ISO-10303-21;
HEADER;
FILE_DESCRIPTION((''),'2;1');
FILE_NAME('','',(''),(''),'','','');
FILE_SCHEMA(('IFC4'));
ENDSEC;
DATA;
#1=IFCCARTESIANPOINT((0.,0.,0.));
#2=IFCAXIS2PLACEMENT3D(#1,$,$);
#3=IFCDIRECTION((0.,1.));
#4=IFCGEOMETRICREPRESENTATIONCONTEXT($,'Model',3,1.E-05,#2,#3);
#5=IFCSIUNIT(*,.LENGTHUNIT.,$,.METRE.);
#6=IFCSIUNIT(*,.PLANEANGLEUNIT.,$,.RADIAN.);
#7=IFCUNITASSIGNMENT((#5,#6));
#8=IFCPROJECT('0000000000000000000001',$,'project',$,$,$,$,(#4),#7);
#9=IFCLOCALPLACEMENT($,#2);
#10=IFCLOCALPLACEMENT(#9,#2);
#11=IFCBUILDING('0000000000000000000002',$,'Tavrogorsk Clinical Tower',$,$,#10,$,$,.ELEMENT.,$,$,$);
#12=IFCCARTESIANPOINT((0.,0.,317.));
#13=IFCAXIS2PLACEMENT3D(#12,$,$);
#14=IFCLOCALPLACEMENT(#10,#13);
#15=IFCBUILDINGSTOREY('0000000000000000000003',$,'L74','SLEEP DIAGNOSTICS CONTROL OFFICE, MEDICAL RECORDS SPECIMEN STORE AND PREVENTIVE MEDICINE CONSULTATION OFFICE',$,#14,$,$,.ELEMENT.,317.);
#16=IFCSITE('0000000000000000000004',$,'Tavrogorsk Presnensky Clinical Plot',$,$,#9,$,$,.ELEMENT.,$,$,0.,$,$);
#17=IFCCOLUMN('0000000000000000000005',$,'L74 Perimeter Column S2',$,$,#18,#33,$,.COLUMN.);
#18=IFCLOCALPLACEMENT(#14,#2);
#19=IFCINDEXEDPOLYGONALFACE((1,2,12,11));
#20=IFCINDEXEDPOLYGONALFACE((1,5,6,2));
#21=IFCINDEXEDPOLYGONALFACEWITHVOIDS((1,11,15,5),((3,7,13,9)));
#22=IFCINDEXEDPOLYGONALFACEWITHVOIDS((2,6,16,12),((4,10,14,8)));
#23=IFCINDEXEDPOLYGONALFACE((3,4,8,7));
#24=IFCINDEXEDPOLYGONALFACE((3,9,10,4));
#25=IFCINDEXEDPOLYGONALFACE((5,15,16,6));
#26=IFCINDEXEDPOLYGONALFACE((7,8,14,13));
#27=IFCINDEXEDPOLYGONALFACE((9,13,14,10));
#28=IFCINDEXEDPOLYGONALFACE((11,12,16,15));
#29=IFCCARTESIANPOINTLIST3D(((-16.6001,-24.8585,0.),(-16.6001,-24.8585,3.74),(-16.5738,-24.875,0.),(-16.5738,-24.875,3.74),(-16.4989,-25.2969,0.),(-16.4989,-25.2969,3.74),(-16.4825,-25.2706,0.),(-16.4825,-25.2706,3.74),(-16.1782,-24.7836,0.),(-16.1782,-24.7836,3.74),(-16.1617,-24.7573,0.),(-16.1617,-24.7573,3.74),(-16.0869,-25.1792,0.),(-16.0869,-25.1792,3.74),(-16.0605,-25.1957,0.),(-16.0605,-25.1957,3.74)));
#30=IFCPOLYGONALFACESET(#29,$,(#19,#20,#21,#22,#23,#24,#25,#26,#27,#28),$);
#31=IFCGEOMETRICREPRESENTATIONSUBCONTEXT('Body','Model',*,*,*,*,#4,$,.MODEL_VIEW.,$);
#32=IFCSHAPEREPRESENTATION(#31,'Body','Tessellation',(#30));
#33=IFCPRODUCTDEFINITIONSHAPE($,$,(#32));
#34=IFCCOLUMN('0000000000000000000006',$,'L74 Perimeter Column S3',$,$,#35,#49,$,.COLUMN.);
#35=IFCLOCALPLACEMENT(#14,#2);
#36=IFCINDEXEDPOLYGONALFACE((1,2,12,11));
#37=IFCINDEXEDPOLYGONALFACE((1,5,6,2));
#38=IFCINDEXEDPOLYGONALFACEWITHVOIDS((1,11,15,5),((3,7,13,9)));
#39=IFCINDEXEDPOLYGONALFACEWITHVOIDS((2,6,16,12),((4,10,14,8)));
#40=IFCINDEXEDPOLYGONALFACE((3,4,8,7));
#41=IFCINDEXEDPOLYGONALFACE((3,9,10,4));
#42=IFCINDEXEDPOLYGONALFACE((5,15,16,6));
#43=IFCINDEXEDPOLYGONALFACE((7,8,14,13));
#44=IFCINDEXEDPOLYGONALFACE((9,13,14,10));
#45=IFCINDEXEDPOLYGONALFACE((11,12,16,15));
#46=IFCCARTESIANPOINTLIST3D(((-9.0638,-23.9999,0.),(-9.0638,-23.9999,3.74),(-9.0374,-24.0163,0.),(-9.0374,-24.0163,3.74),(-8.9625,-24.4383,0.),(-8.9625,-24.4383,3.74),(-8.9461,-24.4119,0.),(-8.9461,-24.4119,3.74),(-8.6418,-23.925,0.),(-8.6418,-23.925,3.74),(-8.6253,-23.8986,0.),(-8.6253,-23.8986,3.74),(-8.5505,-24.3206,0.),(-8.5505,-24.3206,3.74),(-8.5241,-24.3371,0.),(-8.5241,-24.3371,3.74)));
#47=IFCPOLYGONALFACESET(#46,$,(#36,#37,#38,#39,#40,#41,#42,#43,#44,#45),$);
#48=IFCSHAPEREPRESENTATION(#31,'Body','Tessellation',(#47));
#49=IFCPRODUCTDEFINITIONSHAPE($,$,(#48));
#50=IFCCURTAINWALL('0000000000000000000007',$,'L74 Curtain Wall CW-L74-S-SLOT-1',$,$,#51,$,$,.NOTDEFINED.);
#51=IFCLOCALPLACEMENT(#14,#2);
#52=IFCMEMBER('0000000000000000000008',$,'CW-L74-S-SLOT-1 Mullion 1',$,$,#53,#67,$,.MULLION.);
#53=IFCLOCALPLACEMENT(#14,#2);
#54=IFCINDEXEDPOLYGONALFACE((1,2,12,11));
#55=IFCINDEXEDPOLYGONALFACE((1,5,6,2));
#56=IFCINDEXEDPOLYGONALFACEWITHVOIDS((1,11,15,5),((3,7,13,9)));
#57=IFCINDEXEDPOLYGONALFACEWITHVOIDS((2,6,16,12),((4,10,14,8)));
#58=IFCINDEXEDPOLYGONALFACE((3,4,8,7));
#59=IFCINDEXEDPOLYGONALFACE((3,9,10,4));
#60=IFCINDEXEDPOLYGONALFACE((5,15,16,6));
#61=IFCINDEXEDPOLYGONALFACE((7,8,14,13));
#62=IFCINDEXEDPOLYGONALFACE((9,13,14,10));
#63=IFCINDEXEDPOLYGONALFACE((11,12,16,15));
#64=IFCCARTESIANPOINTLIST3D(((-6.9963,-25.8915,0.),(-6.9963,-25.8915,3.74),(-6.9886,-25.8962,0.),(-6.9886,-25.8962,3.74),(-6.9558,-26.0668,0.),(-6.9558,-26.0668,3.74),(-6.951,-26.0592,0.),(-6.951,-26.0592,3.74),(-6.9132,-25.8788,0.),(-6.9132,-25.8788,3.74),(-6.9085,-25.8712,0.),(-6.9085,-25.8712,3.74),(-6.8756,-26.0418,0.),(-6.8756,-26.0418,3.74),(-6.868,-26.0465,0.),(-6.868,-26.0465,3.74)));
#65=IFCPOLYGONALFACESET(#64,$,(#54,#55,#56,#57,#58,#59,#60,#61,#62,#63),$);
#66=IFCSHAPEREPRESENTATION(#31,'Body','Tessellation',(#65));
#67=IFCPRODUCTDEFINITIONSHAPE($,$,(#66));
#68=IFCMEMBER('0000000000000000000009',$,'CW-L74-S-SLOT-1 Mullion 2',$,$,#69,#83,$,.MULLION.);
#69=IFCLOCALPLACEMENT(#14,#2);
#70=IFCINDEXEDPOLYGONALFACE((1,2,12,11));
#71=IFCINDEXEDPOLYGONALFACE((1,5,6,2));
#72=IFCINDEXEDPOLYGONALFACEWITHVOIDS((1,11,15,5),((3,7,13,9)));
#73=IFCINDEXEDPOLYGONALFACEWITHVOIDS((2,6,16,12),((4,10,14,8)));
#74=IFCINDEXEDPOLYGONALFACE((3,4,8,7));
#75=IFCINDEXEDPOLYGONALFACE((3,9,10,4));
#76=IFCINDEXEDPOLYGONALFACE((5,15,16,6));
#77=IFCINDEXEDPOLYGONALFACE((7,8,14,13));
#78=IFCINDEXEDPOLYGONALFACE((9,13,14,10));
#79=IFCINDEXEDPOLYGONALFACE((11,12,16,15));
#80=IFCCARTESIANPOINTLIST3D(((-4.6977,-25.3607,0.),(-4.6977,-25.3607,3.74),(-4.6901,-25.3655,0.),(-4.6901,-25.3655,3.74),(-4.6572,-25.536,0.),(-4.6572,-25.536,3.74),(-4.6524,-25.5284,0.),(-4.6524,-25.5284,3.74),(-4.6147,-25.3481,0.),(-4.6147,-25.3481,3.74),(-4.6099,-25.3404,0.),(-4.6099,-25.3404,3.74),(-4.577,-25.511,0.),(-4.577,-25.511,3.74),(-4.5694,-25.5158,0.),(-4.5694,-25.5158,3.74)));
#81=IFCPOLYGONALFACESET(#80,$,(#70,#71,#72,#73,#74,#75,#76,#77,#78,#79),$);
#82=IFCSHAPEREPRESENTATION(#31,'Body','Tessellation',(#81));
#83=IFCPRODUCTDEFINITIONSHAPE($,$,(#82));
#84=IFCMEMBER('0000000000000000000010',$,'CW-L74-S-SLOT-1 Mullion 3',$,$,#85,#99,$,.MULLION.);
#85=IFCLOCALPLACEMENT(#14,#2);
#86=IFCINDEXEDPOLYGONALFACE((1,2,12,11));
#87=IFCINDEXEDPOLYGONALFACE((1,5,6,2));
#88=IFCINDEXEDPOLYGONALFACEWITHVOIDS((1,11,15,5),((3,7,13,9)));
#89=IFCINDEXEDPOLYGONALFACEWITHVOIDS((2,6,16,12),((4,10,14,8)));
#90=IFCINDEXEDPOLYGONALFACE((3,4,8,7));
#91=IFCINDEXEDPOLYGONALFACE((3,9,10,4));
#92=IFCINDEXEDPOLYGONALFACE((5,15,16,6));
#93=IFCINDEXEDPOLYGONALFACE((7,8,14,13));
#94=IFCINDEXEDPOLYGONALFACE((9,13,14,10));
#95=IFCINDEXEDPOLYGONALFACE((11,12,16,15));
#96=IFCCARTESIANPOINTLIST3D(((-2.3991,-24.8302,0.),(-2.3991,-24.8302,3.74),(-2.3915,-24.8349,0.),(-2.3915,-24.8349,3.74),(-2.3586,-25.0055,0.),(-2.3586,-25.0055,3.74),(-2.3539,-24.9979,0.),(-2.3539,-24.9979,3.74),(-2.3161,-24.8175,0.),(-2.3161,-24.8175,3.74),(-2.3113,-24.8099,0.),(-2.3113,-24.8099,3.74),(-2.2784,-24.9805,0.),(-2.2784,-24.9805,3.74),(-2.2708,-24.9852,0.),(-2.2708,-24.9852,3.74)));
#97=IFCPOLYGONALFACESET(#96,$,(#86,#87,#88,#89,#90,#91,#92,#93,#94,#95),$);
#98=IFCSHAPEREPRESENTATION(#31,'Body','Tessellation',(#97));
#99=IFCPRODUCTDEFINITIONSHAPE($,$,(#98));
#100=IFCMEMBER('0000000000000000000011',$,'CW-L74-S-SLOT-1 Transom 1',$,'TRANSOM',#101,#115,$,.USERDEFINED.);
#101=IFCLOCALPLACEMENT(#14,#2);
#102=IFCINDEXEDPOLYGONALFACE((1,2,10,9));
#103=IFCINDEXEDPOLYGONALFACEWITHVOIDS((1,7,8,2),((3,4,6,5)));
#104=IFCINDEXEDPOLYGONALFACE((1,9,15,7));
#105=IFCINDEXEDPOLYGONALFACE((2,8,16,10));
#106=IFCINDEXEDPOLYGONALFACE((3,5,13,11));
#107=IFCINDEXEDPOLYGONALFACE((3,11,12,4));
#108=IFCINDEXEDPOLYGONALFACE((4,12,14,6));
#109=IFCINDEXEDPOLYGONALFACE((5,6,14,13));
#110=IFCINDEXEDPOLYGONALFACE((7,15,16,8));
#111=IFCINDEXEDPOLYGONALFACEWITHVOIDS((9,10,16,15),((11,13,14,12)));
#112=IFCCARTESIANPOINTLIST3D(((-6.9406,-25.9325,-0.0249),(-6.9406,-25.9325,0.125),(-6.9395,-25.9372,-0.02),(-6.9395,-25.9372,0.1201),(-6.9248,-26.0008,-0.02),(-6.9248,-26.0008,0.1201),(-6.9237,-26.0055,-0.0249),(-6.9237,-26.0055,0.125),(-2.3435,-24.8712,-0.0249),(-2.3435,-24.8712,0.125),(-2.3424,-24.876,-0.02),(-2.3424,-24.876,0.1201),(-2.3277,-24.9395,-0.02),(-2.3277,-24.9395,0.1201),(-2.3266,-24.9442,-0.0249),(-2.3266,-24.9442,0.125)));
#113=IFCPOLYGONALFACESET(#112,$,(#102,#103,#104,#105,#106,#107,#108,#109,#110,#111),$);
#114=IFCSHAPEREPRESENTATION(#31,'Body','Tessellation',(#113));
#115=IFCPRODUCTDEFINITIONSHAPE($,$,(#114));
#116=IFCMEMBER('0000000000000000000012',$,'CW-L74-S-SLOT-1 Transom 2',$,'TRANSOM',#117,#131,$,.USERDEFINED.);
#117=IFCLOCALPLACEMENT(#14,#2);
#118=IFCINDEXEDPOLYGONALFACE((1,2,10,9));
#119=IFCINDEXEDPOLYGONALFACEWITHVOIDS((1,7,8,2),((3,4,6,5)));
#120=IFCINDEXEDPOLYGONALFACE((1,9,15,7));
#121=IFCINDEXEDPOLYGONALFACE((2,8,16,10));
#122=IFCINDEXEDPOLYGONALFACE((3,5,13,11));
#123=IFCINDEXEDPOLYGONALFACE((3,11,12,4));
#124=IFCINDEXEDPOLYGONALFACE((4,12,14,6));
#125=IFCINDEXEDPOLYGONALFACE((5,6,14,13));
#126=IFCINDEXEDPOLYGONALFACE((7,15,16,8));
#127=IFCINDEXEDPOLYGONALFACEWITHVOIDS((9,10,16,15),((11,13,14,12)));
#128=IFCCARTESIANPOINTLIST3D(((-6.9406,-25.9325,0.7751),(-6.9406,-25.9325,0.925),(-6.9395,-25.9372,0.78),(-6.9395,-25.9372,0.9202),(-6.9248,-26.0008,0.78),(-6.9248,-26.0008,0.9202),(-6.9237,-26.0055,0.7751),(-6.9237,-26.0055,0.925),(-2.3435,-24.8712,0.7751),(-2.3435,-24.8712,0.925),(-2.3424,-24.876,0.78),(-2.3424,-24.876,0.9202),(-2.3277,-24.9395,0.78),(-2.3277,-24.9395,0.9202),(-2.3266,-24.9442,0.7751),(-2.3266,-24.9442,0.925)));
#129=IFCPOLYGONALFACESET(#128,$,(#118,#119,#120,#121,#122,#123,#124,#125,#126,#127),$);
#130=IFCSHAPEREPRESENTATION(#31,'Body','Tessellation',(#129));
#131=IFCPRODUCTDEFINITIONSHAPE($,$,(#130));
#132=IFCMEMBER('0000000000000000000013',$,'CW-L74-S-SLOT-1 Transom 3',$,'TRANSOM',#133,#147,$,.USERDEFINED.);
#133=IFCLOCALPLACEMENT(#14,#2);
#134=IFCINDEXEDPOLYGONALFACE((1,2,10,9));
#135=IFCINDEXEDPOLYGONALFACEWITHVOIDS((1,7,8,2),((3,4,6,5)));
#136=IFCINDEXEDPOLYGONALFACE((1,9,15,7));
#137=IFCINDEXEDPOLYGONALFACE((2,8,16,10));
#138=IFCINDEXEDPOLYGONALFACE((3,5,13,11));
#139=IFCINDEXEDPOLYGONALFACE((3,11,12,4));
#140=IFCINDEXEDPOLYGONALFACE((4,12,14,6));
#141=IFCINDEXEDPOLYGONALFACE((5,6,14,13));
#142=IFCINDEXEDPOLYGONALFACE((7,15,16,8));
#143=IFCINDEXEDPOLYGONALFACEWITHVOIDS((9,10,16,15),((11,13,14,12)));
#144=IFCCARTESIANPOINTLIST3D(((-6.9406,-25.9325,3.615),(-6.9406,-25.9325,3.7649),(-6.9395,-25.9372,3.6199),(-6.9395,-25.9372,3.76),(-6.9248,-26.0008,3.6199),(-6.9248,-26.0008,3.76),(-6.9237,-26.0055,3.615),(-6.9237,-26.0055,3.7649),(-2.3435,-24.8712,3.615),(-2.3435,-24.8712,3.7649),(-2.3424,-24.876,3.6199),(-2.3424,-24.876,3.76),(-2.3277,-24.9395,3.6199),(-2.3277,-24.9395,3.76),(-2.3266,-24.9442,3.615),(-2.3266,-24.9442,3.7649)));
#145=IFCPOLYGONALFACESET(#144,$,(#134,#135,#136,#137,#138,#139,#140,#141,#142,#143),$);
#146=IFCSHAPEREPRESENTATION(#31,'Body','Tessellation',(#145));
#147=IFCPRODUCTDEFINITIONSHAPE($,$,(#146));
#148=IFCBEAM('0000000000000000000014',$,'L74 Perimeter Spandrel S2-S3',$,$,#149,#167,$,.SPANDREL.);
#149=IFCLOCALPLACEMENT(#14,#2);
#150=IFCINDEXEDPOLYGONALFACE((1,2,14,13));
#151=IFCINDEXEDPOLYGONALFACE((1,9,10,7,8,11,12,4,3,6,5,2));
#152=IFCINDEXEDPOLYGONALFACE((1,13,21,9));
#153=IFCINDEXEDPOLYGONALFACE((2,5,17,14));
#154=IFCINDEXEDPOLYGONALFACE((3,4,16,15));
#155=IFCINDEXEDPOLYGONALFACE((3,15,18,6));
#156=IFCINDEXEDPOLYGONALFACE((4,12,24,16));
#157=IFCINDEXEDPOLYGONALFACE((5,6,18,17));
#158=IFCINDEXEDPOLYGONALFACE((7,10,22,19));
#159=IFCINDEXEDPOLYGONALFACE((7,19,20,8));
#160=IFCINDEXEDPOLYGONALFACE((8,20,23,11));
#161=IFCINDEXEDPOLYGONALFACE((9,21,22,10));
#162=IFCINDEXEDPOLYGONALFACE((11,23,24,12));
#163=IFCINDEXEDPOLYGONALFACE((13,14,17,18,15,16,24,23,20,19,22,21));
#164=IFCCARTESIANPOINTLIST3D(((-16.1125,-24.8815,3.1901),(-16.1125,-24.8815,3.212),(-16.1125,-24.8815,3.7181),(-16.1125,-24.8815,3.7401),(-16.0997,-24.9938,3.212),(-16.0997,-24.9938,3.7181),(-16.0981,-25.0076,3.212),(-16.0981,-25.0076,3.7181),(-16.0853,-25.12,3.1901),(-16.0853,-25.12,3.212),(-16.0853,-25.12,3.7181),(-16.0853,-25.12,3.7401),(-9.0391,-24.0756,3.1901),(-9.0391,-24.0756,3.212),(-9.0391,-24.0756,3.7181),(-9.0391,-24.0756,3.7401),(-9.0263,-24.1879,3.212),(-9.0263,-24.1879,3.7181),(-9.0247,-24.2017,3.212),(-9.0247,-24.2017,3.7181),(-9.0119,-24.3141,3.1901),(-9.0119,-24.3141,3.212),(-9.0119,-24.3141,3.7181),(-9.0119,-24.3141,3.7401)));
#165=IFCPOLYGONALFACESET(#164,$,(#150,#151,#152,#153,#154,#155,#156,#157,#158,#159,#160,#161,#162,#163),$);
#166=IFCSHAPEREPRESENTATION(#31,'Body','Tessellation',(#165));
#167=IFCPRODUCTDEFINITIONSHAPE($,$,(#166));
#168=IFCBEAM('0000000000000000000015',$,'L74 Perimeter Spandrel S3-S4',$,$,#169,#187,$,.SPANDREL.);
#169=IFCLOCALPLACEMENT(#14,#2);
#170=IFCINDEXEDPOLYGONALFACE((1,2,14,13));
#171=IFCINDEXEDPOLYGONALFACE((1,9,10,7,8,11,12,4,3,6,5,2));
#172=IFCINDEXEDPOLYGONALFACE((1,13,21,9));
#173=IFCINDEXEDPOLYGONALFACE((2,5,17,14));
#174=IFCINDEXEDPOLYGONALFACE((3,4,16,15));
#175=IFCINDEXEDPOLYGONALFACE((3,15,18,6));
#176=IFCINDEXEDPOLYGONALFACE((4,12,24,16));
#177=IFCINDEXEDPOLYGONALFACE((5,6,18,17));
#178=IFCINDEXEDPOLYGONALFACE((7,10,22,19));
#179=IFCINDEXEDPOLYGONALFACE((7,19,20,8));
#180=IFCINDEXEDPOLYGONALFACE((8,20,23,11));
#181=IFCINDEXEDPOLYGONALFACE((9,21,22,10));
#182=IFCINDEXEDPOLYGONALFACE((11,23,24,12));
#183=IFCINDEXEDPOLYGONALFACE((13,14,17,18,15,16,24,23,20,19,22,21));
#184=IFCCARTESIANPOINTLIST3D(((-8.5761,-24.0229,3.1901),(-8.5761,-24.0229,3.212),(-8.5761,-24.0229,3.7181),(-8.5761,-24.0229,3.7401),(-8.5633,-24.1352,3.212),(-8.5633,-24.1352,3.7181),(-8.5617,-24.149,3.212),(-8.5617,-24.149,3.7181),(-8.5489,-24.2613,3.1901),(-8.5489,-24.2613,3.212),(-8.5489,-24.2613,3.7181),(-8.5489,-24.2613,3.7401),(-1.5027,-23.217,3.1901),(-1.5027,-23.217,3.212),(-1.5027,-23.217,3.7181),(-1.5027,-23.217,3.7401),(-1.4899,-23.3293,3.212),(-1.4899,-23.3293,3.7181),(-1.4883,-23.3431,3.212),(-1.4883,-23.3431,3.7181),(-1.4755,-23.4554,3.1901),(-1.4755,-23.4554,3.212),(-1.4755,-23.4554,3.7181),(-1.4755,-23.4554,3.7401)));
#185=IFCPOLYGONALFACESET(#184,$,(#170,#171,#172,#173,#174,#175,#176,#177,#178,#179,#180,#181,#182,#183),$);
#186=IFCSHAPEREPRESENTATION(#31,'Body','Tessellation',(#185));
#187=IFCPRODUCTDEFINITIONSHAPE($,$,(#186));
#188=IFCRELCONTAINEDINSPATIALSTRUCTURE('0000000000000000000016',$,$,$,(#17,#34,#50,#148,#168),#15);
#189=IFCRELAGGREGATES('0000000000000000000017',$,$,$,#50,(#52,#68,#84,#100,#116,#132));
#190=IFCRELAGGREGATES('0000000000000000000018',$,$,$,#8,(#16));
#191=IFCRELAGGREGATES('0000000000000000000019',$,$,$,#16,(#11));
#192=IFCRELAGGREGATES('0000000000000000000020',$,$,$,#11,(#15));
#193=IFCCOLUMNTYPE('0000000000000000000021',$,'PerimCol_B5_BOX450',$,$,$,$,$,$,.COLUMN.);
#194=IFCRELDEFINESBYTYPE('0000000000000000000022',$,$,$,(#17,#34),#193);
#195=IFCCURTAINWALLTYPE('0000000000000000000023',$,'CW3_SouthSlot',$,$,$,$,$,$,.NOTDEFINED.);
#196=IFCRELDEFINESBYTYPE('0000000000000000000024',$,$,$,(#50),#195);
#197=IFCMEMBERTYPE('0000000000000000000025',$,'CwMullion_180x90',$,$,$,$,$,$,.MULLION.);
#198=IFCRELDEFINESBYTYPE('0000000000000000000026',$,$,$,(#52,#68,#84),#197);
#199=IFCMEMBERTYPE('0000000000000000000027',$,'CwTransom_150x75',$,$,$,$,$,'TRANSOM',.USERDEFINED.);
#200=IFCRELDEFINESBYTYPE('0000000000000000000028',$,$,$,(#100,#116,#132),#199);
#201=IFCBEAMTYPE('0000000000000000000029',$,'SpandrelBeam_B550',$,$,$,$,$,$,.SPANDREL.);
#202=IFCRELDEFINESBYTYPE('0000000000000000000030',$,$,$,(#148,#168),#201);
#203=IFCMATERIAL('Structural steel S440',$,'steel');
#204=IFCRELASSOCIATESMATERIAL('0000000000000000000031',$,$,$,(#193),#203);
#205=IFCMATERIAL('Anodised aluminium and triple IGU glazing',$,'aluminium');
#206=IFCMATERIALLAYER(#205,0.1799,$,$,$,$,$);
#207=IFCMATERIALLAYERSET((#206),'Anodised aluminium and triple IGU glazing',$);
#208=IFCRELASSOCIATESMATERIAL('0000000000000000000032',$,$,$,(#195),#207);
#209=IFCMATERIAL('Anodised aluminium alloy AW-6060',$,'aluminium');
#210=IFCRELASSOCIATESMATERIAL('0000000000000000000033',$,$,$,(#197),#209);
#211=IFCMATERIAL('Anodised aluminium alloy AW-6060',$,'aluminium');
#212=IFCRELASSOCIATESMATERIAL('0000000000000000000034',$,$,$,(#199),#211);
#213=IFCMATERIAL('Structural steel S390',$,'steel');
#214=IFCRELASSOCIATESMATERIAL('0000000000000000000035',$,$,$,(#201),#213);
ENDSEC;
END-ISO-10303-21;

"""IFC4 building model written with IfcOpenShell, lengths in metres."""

from ifc_helpers import new_model, si_unit, direction, frame, origin, origin_2d, place, context, subcontext, project, spatial, hollow_rectangle, i_section, extrude, material, layer, layer_set, material_profile, profile_set, type_object, element, aggregate, save


model = new_model("IFC4")

# Units and contexts
model_context = context("Model", 3, precision=1e-05, world=origin(), true_north=direction((0.0, 1.0)))
body_context = subcontext(model_context, "Body", "Model", "MODEL_VIEW")
ifc_project = project(units=[si_unit("LENGTHUNIT", "METRE"), si_unit("PLANEANGLEUNIT", "RADIAN")], contexts=[model_context])

# Site, building, storey
site_placement = place(None, origin())
site = spatial("IfcSite", under=ifc_project, at=site_placement, Name="Tavrogorsk Presnensky Clinical Plot", CompositionType="ELEMENT", RefElevation=0.0)
building_placement = place(site_placement, origin())
building = spatial("IfcBuilding", under=site, at=building_placement, Name="Tavrogorsk Clinical Tower", CompositionType="ELEMENT")
storey_placement = place(building_placement, frame((0.0, 0.0, 317.0)))
storey = spatial("IfcBuildingStorey", under=building, at=storey_placement, Name="L74", Description="SLEEP DIAGNOSTICS CONTROL OFFICE, MEDICAL RECORDS SPECIMEN STORE AND PREVENTIVE MEDICINE CONSULTATION OFFICE", CompositionType="ELEMENT", Elevation=317.0)

# Columns
ifc_material_1 = material(Name="Structural steel S440", Category="steel")
ifc_material_profile_1 = material_profile(ifc_material_1, hollow_rectangle(XDim=0.45, YDim=0.45, WallThickness=0.022, at=origin_2d()), Name="BOX-450x450x22")
ifc_profile_set_1 = profile_set([ifc_material_profile_1], Name="Structural steel S440")
column_type = type_object("IfcColumnType", Name="PerimCol_B5_BOX450", PredefinedType="COLUMN", material=ifc_profile_set_1)
for number, where, z_axis, x_axis, name in (
    (1, (-16.3303, -25.0271, 0.0), (0.0, 0.0, 1.0), (0.97437, 0.224951, 0.0), "L74 Perimeter Column S2"),
    (2, (-8.7939, -24.1685, 0.0), (0.0, 0.0, 1.0), (0.97437, 0.224951, 0.0), "L74 Perimeter Column S3"),
):
    element("IfcColumn", number, at=place(storey_placement, frame(where, z_axis=z_axis, x_axis=x_axis)), inside=storey, type_object=column_type, Name=name, PredefinedType="COLUMN", context=body_context, shape_type="SweptSolid", body=[
        extrude(hollow_rectangle(XDim=0.45, YDim=0.45, WallThickness=0.022, at=origin_2d()), origin(), (0.0, 0.0, 1.0), 3.74),
    ])

# Curtain wall, members
ifc_material_2 = material(Name="Anodised aluminium and triple IGU glazing", Category="aluminium")
ifc_layer_1 = layer(ifc_material_2, 0.1799)
ifc_layer_set_1 = layer_set([ifc_layer_1], Name="Anodised aluminium and triple IGU glazing")
curtain_wall_type = type_object("IfcCurtainWallType", Name="CW3_SouthSlot", PredefinedType="NOTDEFINED", material=ifc_layer_set_1)
curtain_wall_placement = place(storey_placement, origin())
curtain_wall = element("IfcCurtainWall", 3, at=curtain_wall_placement, inside=storey, type_object=curtain_wall_type, Name="L74 Curtain Wall CW-L74-S-SLOT-1", PredefinedType="NOTDEFINED")
ifc_material_3 = material(Name="Anodised aluminium alloy AW-6060", Category="aluminium")
ifc_material_profile_2 = material_profile(ifc_material_3, hollow_rectangle(XDim=0.0901, YDim=0.1799, WallThickness=0.0063, at=origin_2d()), Name="RHS-180x90x6.3")
ifc_profile_set_2 = profile_set([ifc_material_profile_2], Name="Anodised aluminium alloy AW-6060")
member_type_1 = type_object("IfcMemberType", Name="CwMullion_180x90", PredefinedType="MULLION", material=ifc_profile_set_2)
member_1_placement = place(storey_placement, frame((-6.9321, -25.969, 0.0), z_axis=(0.0, 0.0, 1.0), x_axis=(0.97437, 0.224951, 0.0)))
member_1 = element("IfcMember", 4, at=member_1_placement, type_object=member_type_1, Name="CW-L74-S-SLOT-1 Mullion 1", PredefinedType="MULLION", context=body_context, shape_type="SweptSolid", body=[
    extrude(hollow_rectangle(XDim=0.0901, YDim=0.1799, WallThickness=0.0063, at=origin_2d()), origin(), (0.0, 0.0, 1.0), 3.74),
])
member_2_placement = place(storey_placement, frame((-4.6335, -25.4382, 0.0), z_axis=(0.0, 0.0, 1.0), x_axis=(0.97437, 0.224951, 0.0)))
member_2 = element("IfcMember", 5, at=member_2_placement, type_object=member_type_1, Name="CW-L74-S-SLOT-1 Mullion 2", PredefinedType="MULLION", context=body_context, shape_type="SweptSolid", body=[
    extrude(hollow_rectangle(XDim=0.0901, YDim=0.1799, WallThickness=0.0063, at=origin_2d()), origin(), (0.0, 0.0, 1.0), 3.74),
])
member_3_placement = place(storey_placement, frame((-2.335, -24.9077, 0.0), z_axis=(0.0, 0.0, 1.0), x_axis=(0.97437, 0.224951, 0.0)))
member_3 = element("IfcMember", 6, at=member_3_placement, type_object=member_type_1, Name="CW-L74-S-SLOT-1 Mullion 3", PredefinedType="MULLION", context=body_context, shape_type="SweptSolid", body=[
    extrude(hollow_rectangle(XDim=0.0901, YDim=0.1799, WallThickness=0.0063, at=origin_2d()), origin(), (0.0, 0.0, 1.0), 3.74),
])
ifc_material_4 = material(Name="Anodised aluminium alloy AW-6060", Category="aluminium")
ifc_material_profile_3 = material_profile(ifc_material_4, hollow_rectangle(XDim=0.075, YDim=0.1499, WallThickness=0.0049, at=origin_2d()), Name="RHS-150x75x5")
ifc_profile_set_3 = profile_set([ifc_material_profile_3], Name="Anodised aluminium alloy AW-6060")
member_type_2 = type_object("IfcMemberType", Name="CwTransom_150x75", ElementType="TRANSOM", PredefinedType="USERDEFINED", material=ifc_profile_set_3)
member_4_placement = place(storey_placement, frame((-6.9321, -25.969, 0.05), z_axis=(0.974373, 0.224939, 0.0), x_axis=(-0.224939, 0.974373, 0.0)))
member_4 = element("IfcMember", 7, at=member_4_placement, type_object=member_type_2, Name="CW-L74-S-SLOT-1 Transom 1", ObjectType="TRANSOM", PredefinedType="USERDEFINED", context=body_context, shape_type="SweptSolid", body=[
    extrude(hollow_rectangle(XDim=0.075, YDim=0.1499, WallThickness=0.0049, at=origin_2d()), origin(), (0.0, 0.0, 1.0), 4.718),
])
member_5_placement = place(storey_placement, frame((-6.9321, -25.969, 0.8501), z_axis=(0.974373, 0.224939, 0.0), x_axis=(-0.224939, 0.974373, 0.0)))
member_5 = element("IfcMember", 8, at=member_5_placement, type_object=member_type_2, Name="CW-L74-S-SLOT-1 Transom 2", ObjectType="TRANSOM", PredefinedType="USERDEFINED", context=body_context, shape_type="SweptSolid", body=[
    extrude(hollow_rectangle(XDim=0.075, YDim=0.1499, WallThickness=0.0049, at=origin_2d()), origin(), (0.0, 0.0, 1.0), 4.718),
])
member_6_placement = place(storey_placement, frame((-6.9321, -25.969, 3.6899), z_axis=(0.974373, 0.224939, 0.0), x_axis=(-0.224939, 0.974373, 0.0)))
member_6 = element("IfcMember", 9, at=member_6_placement, type_object=member_type_2, Name="CW-L74-S-SLOT-1 Transom 3", ObjectType="TRANSOM", PredefinedType="USERDEFINED", context=body_context, shape_type="SweptSolid", body=[
    extrude(hollow_rectangle(XDim=0.075, YDim=0.1499, WallThickness=0.0049, at=origin_2d()), origin(), (0.0, 0.0, 1.0), 4.718),
])

# Beams
ifc_material_5 = material(Name="Structural steel S390", Category="steel")
ifc_material_profile_4 = material_profile(ifc_material_5, i_section(OverallWidth=0.24, OverallDepth=0.55, WebThickness=0.0139, FlangeThickness=0.022, at=origin_2d()), Name="B-550x240x14x22")
ifc_profile_set_4 = profile_set([ifc_material_profile_4], Name="Structural steel S390")
beam_type = type_object("IfcBeamType", Name="SpandrelBeam_B550", PredefinedType="SPANDREL", material=ifc_profile_set_4)
for number, where, z_axis, x_axis, name in (
    (10, (-16.0989, -25.0007, 3.4651), (0.993572, 0.113201, 0.0), (-0.113201, 0.993572, 0.0), "L74 Perimeter Spandrel S2-S3"),
    (11, (-8.5625, -24.1421, 3.4651), (0.993572, 0.113201, 0.0), (-0.113201, 0.993572, 0.0), "L74 Perimeter Spandrel S3-S4"),
):
    element("IfcBeam", number, at=place(storey_placement, frame(where, z_axis=z_axis, x_axis=x_axis)), inside=storey, type_object=beam_type, Name=name, PredefinedType="SPANDREL", context=body_context, shape_type="SweptSolid", body=[
        extrude(i_section(OverallWidth=0.24, OverallDepth=0.55, WebThickness=0.0139, FlangeThickness=0.022, at=origin_2d()), origin(), (0.0, 0.0, 1.0), 7.1191),
    ])

aggregate(curtain_wall, [member_1, member_2, member_3, member_4, member_5, member_6])

save(model, "model.ifc")
